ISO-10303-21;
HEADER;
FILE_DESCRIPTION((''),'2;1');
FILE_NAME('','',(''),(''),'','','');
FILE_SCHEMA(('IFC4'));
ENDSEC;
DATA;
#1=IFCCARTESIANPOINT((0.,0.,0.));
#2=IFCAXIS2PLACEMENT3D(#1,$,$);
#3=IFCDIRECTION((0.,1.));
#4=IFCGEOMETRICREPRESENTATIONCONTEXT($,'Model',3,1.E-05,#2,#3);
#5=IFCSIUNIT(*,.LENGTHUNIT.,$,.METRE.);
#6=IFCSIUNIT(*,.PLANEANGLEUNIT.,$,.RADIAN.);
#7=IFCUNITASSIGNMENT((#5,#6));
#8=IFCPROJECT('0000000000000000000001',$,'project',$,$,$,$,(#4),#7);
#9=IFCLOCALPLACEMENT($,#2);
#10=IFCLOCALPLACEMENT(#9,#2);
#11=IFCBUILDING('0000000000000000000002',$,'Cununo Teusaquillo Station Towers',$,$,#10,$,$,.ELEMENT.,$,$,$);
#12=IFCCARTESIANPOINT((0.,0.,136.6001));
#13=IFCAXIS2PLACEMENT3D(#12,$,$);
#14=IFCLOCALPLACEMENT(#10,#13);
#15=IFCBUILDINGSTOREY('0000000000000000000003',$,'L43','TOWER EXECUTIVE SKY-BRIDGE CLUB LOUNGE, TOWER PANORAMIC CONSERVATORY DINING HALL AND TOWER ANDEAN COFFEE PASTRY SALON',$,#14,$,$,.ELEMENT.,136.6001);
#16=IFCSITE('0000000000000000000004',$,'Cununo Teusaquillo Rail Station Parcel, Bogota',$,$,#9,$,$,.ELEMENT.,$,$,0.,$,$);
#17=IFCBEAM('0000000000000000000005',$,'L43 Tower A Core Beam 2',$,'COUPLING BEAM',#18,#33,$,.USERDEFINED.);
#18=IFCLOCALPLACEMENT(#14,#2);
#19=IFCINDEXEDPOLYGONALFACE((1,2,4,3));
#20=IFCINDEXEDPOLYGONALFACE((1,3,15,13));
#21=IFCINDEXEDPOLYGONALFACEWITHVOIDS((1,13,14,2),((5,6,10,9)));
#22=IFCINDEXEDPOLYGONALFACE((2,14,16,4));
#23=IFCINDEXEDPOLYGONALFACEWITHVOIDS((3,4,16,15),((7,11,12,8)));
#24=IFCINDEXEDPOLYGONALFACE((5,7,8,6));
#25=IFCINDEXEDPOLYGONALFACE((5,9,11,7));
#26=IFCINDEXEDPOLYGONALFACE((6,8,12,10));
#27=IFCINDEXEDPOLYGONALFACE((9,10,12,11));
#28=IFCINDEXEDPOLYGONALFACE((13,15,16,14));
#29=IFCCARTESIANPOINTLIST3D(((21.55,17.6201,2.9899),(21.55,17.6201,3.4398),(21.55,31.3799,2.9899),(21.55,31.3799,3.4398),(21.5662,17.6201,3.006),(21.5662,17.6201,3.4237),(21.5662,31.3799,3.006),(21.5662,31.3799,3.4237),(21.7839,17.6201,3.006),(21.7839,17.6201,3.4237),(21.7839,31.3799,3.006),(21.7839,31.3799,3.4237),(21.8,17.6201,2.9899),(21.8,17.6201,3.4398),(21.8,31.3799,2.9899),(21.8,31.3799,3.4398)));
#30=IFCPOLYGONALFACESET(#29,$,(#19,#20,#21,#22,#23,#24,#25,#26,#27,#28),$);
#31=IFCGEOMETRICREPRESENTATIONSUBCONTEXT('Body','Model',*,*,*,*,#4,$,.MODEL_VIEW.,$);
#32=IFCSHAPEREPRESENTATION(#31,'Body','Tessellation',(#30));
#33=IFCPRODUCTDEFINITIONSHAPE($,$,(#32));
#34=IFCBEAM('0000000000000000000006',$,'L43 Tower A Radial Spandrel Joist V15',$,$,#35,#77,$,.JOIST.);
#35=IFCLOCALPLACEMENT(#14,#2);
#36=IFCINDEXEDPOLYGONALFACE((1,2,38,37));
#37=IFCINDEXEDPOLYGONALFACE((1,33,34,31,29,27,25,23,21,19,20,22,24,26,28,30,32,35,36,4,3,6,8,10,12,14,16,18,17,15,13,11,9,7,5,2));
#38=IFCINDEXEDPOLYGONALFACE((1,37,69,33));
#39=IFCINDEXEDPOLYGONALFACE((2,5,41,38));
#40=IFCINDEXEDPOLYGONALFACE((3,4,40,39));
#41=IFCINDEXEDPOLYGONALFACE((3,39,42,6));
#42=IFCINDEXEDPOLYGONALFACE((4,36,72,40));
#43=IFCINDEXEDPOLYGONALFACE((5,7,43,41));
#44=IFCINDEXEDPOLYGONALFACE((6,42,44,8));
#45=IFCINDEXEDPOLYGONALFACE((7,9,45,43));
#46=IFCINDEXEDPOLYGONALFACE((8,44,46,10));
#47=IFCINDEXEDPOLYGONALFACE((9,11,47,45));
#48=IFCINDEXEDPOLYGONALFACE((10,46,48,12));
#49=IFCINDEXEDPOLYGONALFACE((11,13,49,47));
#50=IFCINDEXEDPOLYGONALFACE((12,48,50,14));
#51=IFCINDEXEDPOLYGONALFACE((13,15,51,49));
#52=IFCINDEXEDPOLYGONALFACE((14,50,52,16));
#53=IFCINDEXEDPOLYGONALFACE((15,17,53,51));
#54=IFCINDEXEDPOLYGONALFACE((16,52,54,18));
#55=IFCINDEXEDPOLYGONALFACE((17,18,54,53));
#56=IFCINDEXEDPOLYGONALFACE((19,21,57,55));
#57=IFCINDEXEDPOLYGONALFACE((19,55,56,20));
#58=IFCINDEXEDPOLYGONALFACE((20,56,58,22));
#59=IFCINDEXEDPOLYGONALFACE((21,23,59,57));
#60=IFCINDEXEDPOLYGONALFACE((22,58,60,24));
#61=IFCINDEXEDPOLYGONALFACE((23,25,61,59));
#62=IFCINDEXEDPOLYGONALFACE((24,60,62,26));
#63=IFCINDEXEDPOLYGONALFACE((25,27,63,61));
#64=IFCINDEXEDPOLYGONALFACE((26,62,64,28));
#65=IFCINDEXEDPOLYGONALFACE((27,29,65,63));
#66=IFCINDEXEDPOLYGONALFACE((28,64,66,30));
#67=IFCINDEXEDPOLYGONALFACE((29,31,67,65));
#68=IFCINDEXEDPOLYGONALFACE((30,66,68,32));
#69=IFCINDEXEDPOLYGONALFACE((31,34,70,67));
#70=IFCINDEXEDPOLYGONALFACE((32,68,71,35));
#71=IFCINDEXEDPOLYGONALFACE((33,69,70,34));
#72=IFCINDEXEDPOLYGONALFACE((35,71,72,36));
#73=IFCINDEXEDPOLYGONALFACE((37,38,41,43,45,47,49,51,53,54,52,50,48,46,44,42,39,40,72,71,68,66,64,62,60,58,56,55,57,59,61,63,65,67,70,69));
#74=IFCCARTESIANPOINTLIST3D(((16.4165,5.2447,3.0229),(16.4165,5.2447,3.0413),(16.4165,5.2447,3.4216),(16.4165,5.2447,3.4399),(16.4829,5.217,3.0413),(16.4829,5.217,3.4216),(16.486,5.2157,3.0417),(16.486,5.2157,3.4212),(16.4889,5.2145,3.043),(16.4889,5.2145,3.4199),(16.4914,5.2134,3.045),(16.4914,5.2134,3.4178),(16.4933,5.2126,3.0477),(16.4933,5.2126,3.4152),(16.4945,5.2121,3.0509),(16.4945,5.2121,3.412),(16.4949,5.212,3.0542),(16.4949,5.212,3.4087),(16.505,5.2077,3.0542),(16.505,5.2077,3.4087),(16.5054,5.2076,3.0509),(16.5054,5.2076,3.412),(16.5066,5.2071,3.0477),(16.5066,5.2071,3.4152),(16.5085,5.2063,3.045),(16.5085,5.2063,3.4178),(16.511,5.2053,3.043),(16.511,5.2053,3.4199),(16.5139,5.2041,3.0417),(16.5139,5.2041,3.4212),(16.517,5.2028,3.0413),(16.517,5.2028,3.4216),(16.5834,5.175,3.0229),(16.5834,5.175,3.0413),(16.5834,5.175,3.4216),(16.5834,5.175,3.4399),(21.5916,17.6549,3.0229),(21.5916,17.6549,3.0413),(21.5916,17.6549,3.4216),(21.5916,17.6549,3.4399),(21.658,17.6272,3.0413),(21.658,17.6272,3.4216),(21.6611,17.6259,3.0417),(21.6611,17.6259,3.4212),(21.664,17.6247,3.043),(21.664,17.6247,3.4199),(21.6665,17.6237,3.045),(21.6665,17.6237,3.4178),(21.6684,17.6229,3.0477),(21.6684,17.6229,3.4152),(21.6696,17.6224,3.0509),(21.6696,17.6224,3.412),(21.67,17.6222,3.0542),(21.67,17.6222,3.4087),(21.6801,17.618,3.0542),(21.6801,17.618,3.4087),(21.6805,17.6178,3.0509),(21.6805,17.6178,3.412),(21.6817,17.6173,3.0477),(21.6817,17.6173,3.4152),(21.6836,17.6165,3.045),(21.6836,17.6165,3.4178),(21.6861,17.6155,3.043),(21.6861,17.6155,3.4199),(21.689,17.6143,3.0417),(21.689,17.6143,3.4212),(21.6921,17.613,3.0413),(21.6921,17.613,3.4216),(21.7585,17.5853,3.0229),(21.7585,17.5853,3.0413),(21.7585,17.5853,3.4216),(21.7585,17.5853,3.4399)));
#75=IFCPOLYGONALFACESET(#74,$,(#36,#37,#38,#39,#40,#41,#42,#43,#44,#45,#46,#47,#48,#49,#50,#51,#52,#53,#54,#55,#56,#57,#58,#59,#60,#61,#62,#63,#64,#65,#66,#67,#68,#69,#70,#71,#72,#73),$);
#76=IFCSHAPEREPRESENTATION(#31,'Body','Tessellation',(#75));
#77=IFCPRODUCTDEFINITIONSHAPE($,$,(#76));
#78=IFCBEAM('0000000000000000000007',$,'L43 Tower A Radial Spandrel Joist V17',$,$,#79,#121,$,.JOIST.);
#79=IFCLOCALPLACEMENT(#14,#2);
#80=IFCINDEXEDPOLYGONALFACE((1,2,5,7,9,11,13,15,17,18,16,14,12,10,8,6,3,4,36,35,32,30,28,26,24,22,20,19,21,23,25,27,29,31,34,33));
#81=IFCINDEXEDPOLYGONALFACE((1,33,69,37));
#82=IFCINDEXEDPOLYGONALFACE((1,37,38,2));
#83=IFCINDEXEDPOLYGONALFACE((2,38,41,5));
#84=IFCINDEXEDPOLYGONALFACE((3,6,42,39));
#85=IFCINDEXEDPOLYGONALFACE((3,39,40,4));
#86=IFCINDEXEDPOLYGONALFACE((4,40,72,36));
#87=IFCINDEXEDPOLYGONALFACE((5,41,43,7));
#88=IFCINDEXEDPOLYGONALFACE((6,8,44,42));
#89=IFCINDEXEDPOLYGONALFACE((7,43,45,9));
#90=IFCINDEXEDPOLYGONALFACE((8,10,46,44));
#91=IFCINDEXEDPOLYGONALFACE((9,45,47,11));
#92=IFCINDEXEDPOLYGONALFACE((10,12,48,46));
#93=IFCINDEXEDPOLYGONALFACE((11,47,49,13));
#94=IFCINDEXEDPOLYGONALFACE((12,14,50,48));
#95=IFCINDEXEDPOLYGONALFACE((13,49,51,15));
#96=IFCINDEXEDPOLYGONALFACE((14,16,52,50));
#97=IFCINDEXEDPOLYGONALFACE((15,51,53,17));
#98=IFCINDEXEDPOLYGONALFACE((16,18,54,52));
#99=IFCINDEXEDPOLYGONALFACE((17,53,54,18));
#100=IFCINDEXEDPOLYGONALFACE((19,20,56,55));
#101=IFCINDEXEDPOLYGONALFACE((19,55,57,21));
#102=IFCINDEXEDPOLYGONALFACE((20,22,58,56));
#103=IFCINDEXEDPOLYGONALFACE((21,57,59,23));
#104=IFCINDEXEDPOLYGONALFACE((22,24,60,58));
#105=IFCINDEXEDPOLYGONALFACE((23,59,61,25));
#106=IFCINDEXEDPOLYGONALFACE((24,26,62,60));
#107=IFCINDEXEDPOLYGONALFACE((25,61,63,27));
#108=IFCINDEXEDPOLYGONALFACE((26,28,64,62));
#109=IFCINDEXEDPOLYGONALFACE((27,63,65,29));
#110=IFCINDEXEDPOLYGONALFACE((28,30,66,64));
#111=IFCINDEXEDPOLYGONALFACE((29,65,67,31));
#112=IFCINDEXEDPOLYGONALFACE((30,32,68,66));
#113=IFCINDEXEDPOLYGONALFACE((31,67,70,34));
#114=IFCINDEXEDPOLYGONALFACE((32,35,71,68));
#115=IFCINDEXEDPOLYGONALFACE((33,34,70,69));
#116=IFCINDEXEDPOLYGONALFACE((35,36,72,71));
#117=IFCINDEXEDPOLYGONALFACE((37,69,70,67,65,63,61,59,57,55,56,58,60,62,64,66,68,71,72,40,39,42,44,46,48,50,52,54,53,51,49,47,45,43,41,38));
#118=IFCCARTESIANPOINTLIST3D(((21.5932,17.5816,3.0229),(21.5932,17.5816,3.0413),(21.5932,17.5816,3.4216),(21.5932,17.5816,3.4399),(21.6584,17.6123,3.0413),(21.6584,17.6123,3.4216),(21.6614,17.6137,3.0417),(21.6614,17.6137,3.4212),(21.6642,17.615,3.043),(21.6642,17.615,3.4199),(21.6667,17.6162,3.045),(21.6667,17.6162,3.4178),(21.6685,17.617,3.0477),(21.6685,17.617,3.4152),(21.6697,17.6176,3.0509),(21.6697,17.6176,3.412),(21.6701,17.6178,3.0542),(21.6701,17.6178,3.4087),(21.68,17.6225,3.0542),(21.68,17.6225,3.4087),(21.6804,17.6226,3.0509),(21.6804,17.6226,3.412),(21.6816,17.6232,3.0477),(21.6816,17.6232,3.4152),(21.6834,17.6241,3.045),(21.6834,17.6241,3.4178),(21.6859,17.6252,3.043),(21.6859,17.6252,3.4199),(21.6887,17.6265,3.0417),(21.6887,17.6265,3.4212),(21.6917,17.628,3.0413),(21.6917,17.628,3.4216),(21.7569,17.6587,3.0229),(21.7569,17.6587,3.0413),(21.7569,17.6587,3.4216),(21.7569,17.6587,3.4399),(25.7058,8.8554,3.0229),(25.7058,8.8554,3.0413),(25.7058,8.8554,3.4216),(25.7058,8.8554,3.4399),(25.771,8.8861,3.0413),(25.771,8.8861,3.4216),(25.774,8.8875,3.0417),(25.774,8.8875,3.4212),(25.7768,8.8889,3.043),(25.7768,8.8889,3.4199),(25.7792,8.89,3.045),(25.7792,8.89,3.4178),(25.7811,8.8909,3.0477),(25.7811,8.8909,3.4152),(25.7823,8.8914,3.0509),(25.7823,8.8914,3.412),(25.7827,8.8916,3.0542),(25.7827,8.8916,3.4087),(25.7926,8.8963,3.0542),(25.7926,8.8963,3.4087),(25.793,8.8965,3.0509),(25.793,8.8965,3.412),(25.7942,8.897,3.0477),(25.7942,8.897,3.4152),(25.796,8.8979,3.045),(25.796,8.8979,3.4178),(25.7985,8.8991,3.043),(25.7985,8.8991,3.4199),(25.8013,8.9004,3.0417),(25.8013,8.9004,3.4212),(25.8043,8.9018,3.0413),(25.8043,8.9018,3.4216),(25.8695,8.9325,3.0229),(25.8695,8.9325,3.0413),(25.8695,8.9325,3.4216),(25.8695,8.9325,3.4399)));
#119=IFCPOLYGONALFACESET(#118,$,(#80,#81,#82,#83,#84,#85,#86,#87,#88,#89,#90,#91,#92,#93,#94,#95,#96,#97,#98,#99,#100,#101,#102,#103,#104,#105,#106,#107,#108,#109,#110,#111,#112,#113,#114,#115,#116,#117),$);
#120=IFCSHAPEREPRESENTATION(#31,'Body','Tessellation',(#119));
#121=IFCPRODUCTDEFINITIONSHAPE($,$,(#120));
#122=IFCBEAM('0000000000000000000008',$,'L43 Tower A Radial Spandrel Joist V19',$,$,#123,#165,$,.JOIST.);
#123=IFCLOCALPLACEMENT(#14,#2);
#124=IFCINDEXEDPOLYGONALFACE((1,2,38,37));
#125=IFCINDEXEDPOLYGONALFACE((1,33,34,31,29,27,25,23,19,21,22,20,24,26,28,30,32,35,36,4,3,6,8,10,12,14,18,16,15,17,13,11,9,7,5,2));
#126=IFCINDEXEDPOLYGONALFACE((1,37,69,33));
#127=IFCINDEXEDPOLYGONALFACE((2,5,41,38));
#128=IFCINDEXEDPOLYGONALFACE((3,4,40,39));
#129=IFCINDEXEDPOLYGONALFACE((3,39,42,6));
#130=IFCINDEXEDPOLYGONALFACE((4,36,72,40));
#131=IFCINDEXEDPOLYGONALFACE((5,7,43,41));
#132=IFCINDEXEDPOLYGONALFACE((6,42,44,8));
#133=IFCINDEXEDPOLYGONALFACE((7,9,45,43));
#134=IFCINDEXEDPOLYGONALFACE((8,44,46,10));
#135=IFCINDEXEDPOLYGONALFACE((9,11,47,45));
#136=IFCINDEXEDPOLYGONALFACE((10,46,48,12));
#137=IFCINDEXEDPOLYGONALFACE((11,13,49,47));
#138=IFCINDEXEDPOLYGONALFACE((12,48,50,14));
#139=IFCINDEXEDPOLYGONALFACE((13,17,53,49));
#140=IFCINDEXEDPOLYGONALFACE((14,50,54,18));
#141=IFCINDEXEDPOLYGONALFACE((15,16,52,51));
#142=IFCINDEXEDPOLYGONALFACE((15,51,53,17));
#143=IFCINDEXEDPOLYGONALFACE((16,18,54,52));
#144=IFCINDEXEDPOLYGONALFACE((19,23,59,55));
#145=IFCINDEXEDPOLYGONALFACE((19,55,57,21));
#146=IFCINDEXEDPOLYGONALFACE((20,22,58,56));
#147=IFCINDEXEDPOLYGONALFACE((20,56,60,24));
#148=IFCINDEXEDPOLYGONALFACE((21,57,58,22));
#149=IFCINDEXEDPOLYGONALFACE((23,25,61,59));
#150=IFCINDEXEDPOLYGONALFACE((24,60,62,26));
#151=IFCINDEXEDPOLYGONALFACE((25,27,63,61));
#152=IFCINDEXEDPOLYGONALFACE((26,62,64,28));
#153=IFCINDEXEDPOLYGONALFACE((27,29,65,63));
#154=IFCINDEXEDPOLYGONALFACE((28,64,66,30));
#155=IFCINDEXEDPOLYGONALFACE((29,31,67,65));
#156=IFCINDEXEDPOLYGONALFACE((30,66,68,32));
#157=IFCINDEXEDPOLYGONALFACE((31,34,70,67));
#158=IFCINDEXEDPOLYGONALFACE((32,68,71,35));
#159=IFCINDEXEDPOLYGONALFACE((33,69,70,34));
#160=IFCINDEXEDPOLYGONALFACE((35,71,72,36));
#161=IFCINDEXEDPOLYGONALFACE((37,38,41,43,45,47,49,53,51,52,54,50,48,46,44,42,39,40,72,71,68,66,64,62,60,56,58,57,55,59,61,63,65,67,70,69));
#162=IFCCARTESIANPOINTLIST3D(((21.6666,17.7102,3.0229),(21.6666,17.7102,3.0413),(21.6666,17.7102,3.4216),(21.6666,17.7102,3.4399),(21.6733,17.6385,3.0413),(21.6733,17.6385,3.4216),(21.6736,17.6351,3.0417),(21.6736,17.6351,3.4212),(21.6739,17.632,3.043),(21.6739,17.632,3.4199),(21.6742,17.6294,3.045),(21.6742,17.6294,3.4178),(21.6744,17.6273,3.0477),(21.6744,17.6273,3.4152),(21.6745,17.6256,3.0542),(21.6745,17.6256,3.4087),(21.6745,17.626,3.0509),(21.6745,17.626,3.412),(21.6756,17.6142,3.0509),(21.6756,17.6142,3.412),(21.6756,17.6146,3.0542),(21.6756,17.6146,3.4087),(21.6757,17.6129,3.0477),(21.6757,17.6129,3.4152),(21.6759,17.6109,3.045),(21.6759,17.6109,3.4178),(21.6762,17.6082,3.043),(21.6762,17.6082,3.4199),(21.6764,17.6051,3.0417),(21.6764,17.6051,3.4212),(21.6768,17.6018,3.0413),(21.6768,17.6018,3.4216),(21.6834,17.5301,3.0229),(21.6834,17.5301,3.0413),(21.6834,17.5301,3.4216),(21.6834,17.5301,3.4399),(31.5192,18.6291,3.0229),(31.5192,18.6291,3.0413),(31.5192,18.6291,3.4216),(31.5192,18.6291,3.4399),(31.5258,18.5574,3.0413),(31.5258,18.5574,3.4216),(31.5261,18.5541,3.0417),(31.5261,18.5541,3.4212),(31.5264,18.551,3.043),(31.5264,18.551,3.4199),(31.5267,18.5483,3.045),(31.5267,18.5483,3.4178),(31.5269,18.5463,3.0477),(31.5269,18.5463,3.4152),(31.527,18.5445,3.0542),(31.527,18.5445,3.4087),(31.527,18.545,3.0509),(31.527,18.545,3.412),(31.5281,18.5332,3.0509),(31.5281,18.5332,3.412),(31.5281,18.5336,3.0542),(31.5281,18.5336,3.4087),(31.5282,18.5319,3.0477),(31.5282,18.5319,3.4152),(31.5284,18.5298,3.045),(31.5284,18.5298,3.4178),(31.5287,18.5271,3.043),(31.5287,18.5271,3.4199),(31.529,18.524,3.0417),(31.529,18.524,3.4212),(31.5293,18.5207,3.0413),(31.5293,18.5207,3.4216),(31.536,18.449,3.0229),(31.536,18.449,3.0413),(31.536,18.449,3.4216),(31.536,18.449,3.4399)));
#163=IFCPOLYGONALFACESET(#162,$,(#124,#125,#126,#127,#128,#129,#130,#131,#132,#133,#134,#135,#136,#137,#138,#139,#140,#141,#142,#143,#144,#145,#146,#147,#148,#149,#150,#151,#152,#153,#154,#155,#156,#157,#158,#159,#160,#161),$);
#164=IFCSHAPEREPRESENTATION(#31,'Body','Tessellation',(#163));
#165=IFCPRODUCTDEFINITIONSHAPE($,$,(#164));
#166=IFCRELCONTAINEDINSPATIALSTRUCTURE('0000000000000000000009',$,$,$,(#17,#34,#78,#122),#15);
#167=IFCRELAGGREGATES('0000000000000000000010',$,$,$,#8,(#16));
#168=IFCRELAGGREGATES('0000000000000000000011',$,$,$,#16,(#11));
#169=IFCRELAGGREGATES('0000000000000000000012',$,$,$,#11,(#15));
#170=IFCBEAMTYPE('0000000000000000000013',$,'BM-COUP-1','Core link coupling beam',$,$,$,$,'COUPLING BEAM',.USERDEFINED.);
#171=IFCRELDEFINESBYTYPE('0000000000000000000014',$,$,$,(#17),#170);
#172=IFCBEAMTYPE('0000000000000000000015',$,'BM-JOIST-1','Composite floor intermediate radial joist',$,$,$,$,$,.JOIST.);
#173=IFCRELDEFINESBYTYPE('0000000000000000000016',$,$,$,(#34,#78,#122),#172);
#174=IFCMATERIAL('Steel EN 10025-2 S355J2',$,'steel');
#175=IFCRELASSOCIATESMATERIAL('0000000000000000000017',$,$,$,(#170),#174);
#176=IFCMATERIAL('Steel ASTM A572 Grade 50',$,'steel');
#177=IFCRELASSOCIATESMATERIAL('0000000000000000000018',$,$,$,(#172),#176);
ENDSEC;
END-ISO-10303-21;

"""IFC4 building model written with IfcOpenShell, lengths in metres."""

from ifc_helpers import new_model, si_unit, direction, frame, origin, origin_2d, place, context, subcontext, project, spatial, hollow_rectangle, i_section, extrude, material, material_profile, profile_set, type_object, element, save


model = new_model("IFC4")

# Units and contexts
model_context = context("Model", 3, precision=1e-05, world=origin(), true_north=direction((0.0, 1.0)))
body_context = subcontext(model_context, "Body", "Model", "MODEL_VIEW")
ifc_project = project(units=[si_unit("LENGTHUNIT", "METRE"), si_unit("PLANEANGLEUNIT", "RADIAN")], contexts=[model_context])

# Site, building, storey
site_placement = place(None, origin())
site = spatial("IfcSite", under=ifc_project, at=site_placement, Name="Cununo Teusaquillo Rail Station Parcel, Bogota", CompositionType="ELEMENT", RefElevation=0.0)
building_placement = place(site_placement, origin())
building = spatial("IfcBuilding", under=site, at=building_placement, Name="Cununo Teusaquillo Station Towers", CompositionType="ELEMENT")
storey_placement = place(building_placement, frame((0.0, 0.0, 136.6001)))
storey = spatial("IfcBuildingStorey", under=building, at=storey_placement, Name="L43", Description="TOWER EXECUTIVE SKY-BRIDGE CLUB LOUNGE, TOWER PANORAMIC CONSERVATORY DINING HALL AND TOWER ANDEAN COFFEE PASTRY SALON", CompositionType="ELEMENT", Elevation=136.6001)

# Beams
ifc_material_1 = material(Name="Steel EN 10025-2 S355J2", Category="steel")
ifc_material_profile_1 = material_profile(ifc_material_1, hollow_rectangle(XDim=0.25, YDim=0.45, WallThickness=0.0161, at=origin_2d()), Name="RHS 450x250x16")
ifc_profile_set_1 = profile_set([ifc_material_profile_1], Name="Steel EN 10025-2 S355J2")
beam_type_1 = type_object("IfcBeamType", Name="BM-COUP-1", Description="Core link coupling beam", ElementType="COUPLING BEAM", PredefinedType="USERDEFINED", material=ifc_profile_set_1)
beam_1_placement = place(storey_placement, frame((21.675, 17.6201, 3.2148), z_axis=(0.0, 1.0, 0.0), x_axis=(-1.0, 0.0, 0.0)))
element("IfcBeam", 1, at=beam_1_placement, inside=storey, type_object=beam_type_1, Name="L43 Tower A Core Beam 2", ObjectType="COUPLING BEAM", PredefinedType="USERDEFINED", context=body_context, shape_type="SweptSolid", body=[
    extrude(hollow_rectangle(XDim=0.25, YDim=0.45, WallThickness=0.0161, at=origin_2d()), origin(), (0.0, 0.0, 1.0), 13.7598),
])
ifc_material_2 = material(Name="Steel ASTM A572 Grade 50", Category="steel")
ifc_material_profile_2 = material_profile(ifc_material_2, i_section(OverallWidth=0.1809, OverallDepth=0.417, WebThickness=0.011, FlangeThickness=0.0183, FilletRadius=0.0129, at=origin_2d()), Name="W16X57")
ifc_profile_set_2 = profile_set([ifc_material_profile_2], Name="Steel ASTM A572 Grade 50")
beam_type_2 = type_object("IfcBeamType", Name="BM-JOIST-1", Description="Composite floor intermediate radial joist", PredefinedType="JOIST", material=ifc_profile_set_2)
beam_2_placement = place(storey_placement, frame((21.675, 17.6201, 3.2314), z_axis=(-0.384878, -0.922967, 0.0), x_axis=(0.922967, -0.384878, 0.0)))
element("IfcBeam", 2, at=beam_2_placement, inside=storey, type_object=beam_type_2, Name="L43 Tower A Radial Spandrel Joist V15", PredefinedType="JOIST", context=body_context, shape_type="SweptSolid", body=[
    extrude(i_section(OverallWidth=0.1809, OverallDepth=0.417, WebThickness=0.011, FlangeThickness=0.0183, FilletRadius=0.0129, at=origin_2d()), origin(), (0.0, 0.0, 1.0), 13.446),
])
beam_3_placement = place(storey_placement, frame((21.675, 17.6201, 3.2314), z_axis=(0.42632, -0.904572, 0.0), x_axis=(0.904572, 0.42632, 0.0)))
element("IfcBeam", 3, at=beam_3_placement, inside=storey, type_object=beam_type_2, Name="L43 Tower A Radial Spandrel Joist V17", PredefinedType="JOIST", context=body_context, shape_type="SweptSolid", body=[
    extrude(i_section(OverallWidth=0.1809, OverallDepth=0.417, WebThickness=0.011, FlangeThickness=0.0183, FilletRadius=0.0129, at=origin_2d()), origin(), (0.0, 0.0, 1.0), 9.6467),
])
beam_4_placement = place(storey_placement, frame((21.675, 17.6201, 3.2314), z_axis=(0.995679, 0.092867, 0.0), x_axis=(-0.092867, 0.995679, 0.0)))
element("IfcBeam", 4, at=beam_4_placement, inside=storey, type_object=beam_type_2, Name="L43 Tower A Radial Spandrel Joist V19", PredefinedType="JOIST", context=body_context, shape_type="SweptSolid", body=[
    extrude(i_section(OverallWidth=0.1809, OverallDepth=0.417, WebThickness=0.011, FlangeThickness=0.0183, FilletRadius=0.0129, at=origin_2d()), origin(), (0.0, 0.0, 1.0), 9.8953),
])

save(model, "model.ifc")
